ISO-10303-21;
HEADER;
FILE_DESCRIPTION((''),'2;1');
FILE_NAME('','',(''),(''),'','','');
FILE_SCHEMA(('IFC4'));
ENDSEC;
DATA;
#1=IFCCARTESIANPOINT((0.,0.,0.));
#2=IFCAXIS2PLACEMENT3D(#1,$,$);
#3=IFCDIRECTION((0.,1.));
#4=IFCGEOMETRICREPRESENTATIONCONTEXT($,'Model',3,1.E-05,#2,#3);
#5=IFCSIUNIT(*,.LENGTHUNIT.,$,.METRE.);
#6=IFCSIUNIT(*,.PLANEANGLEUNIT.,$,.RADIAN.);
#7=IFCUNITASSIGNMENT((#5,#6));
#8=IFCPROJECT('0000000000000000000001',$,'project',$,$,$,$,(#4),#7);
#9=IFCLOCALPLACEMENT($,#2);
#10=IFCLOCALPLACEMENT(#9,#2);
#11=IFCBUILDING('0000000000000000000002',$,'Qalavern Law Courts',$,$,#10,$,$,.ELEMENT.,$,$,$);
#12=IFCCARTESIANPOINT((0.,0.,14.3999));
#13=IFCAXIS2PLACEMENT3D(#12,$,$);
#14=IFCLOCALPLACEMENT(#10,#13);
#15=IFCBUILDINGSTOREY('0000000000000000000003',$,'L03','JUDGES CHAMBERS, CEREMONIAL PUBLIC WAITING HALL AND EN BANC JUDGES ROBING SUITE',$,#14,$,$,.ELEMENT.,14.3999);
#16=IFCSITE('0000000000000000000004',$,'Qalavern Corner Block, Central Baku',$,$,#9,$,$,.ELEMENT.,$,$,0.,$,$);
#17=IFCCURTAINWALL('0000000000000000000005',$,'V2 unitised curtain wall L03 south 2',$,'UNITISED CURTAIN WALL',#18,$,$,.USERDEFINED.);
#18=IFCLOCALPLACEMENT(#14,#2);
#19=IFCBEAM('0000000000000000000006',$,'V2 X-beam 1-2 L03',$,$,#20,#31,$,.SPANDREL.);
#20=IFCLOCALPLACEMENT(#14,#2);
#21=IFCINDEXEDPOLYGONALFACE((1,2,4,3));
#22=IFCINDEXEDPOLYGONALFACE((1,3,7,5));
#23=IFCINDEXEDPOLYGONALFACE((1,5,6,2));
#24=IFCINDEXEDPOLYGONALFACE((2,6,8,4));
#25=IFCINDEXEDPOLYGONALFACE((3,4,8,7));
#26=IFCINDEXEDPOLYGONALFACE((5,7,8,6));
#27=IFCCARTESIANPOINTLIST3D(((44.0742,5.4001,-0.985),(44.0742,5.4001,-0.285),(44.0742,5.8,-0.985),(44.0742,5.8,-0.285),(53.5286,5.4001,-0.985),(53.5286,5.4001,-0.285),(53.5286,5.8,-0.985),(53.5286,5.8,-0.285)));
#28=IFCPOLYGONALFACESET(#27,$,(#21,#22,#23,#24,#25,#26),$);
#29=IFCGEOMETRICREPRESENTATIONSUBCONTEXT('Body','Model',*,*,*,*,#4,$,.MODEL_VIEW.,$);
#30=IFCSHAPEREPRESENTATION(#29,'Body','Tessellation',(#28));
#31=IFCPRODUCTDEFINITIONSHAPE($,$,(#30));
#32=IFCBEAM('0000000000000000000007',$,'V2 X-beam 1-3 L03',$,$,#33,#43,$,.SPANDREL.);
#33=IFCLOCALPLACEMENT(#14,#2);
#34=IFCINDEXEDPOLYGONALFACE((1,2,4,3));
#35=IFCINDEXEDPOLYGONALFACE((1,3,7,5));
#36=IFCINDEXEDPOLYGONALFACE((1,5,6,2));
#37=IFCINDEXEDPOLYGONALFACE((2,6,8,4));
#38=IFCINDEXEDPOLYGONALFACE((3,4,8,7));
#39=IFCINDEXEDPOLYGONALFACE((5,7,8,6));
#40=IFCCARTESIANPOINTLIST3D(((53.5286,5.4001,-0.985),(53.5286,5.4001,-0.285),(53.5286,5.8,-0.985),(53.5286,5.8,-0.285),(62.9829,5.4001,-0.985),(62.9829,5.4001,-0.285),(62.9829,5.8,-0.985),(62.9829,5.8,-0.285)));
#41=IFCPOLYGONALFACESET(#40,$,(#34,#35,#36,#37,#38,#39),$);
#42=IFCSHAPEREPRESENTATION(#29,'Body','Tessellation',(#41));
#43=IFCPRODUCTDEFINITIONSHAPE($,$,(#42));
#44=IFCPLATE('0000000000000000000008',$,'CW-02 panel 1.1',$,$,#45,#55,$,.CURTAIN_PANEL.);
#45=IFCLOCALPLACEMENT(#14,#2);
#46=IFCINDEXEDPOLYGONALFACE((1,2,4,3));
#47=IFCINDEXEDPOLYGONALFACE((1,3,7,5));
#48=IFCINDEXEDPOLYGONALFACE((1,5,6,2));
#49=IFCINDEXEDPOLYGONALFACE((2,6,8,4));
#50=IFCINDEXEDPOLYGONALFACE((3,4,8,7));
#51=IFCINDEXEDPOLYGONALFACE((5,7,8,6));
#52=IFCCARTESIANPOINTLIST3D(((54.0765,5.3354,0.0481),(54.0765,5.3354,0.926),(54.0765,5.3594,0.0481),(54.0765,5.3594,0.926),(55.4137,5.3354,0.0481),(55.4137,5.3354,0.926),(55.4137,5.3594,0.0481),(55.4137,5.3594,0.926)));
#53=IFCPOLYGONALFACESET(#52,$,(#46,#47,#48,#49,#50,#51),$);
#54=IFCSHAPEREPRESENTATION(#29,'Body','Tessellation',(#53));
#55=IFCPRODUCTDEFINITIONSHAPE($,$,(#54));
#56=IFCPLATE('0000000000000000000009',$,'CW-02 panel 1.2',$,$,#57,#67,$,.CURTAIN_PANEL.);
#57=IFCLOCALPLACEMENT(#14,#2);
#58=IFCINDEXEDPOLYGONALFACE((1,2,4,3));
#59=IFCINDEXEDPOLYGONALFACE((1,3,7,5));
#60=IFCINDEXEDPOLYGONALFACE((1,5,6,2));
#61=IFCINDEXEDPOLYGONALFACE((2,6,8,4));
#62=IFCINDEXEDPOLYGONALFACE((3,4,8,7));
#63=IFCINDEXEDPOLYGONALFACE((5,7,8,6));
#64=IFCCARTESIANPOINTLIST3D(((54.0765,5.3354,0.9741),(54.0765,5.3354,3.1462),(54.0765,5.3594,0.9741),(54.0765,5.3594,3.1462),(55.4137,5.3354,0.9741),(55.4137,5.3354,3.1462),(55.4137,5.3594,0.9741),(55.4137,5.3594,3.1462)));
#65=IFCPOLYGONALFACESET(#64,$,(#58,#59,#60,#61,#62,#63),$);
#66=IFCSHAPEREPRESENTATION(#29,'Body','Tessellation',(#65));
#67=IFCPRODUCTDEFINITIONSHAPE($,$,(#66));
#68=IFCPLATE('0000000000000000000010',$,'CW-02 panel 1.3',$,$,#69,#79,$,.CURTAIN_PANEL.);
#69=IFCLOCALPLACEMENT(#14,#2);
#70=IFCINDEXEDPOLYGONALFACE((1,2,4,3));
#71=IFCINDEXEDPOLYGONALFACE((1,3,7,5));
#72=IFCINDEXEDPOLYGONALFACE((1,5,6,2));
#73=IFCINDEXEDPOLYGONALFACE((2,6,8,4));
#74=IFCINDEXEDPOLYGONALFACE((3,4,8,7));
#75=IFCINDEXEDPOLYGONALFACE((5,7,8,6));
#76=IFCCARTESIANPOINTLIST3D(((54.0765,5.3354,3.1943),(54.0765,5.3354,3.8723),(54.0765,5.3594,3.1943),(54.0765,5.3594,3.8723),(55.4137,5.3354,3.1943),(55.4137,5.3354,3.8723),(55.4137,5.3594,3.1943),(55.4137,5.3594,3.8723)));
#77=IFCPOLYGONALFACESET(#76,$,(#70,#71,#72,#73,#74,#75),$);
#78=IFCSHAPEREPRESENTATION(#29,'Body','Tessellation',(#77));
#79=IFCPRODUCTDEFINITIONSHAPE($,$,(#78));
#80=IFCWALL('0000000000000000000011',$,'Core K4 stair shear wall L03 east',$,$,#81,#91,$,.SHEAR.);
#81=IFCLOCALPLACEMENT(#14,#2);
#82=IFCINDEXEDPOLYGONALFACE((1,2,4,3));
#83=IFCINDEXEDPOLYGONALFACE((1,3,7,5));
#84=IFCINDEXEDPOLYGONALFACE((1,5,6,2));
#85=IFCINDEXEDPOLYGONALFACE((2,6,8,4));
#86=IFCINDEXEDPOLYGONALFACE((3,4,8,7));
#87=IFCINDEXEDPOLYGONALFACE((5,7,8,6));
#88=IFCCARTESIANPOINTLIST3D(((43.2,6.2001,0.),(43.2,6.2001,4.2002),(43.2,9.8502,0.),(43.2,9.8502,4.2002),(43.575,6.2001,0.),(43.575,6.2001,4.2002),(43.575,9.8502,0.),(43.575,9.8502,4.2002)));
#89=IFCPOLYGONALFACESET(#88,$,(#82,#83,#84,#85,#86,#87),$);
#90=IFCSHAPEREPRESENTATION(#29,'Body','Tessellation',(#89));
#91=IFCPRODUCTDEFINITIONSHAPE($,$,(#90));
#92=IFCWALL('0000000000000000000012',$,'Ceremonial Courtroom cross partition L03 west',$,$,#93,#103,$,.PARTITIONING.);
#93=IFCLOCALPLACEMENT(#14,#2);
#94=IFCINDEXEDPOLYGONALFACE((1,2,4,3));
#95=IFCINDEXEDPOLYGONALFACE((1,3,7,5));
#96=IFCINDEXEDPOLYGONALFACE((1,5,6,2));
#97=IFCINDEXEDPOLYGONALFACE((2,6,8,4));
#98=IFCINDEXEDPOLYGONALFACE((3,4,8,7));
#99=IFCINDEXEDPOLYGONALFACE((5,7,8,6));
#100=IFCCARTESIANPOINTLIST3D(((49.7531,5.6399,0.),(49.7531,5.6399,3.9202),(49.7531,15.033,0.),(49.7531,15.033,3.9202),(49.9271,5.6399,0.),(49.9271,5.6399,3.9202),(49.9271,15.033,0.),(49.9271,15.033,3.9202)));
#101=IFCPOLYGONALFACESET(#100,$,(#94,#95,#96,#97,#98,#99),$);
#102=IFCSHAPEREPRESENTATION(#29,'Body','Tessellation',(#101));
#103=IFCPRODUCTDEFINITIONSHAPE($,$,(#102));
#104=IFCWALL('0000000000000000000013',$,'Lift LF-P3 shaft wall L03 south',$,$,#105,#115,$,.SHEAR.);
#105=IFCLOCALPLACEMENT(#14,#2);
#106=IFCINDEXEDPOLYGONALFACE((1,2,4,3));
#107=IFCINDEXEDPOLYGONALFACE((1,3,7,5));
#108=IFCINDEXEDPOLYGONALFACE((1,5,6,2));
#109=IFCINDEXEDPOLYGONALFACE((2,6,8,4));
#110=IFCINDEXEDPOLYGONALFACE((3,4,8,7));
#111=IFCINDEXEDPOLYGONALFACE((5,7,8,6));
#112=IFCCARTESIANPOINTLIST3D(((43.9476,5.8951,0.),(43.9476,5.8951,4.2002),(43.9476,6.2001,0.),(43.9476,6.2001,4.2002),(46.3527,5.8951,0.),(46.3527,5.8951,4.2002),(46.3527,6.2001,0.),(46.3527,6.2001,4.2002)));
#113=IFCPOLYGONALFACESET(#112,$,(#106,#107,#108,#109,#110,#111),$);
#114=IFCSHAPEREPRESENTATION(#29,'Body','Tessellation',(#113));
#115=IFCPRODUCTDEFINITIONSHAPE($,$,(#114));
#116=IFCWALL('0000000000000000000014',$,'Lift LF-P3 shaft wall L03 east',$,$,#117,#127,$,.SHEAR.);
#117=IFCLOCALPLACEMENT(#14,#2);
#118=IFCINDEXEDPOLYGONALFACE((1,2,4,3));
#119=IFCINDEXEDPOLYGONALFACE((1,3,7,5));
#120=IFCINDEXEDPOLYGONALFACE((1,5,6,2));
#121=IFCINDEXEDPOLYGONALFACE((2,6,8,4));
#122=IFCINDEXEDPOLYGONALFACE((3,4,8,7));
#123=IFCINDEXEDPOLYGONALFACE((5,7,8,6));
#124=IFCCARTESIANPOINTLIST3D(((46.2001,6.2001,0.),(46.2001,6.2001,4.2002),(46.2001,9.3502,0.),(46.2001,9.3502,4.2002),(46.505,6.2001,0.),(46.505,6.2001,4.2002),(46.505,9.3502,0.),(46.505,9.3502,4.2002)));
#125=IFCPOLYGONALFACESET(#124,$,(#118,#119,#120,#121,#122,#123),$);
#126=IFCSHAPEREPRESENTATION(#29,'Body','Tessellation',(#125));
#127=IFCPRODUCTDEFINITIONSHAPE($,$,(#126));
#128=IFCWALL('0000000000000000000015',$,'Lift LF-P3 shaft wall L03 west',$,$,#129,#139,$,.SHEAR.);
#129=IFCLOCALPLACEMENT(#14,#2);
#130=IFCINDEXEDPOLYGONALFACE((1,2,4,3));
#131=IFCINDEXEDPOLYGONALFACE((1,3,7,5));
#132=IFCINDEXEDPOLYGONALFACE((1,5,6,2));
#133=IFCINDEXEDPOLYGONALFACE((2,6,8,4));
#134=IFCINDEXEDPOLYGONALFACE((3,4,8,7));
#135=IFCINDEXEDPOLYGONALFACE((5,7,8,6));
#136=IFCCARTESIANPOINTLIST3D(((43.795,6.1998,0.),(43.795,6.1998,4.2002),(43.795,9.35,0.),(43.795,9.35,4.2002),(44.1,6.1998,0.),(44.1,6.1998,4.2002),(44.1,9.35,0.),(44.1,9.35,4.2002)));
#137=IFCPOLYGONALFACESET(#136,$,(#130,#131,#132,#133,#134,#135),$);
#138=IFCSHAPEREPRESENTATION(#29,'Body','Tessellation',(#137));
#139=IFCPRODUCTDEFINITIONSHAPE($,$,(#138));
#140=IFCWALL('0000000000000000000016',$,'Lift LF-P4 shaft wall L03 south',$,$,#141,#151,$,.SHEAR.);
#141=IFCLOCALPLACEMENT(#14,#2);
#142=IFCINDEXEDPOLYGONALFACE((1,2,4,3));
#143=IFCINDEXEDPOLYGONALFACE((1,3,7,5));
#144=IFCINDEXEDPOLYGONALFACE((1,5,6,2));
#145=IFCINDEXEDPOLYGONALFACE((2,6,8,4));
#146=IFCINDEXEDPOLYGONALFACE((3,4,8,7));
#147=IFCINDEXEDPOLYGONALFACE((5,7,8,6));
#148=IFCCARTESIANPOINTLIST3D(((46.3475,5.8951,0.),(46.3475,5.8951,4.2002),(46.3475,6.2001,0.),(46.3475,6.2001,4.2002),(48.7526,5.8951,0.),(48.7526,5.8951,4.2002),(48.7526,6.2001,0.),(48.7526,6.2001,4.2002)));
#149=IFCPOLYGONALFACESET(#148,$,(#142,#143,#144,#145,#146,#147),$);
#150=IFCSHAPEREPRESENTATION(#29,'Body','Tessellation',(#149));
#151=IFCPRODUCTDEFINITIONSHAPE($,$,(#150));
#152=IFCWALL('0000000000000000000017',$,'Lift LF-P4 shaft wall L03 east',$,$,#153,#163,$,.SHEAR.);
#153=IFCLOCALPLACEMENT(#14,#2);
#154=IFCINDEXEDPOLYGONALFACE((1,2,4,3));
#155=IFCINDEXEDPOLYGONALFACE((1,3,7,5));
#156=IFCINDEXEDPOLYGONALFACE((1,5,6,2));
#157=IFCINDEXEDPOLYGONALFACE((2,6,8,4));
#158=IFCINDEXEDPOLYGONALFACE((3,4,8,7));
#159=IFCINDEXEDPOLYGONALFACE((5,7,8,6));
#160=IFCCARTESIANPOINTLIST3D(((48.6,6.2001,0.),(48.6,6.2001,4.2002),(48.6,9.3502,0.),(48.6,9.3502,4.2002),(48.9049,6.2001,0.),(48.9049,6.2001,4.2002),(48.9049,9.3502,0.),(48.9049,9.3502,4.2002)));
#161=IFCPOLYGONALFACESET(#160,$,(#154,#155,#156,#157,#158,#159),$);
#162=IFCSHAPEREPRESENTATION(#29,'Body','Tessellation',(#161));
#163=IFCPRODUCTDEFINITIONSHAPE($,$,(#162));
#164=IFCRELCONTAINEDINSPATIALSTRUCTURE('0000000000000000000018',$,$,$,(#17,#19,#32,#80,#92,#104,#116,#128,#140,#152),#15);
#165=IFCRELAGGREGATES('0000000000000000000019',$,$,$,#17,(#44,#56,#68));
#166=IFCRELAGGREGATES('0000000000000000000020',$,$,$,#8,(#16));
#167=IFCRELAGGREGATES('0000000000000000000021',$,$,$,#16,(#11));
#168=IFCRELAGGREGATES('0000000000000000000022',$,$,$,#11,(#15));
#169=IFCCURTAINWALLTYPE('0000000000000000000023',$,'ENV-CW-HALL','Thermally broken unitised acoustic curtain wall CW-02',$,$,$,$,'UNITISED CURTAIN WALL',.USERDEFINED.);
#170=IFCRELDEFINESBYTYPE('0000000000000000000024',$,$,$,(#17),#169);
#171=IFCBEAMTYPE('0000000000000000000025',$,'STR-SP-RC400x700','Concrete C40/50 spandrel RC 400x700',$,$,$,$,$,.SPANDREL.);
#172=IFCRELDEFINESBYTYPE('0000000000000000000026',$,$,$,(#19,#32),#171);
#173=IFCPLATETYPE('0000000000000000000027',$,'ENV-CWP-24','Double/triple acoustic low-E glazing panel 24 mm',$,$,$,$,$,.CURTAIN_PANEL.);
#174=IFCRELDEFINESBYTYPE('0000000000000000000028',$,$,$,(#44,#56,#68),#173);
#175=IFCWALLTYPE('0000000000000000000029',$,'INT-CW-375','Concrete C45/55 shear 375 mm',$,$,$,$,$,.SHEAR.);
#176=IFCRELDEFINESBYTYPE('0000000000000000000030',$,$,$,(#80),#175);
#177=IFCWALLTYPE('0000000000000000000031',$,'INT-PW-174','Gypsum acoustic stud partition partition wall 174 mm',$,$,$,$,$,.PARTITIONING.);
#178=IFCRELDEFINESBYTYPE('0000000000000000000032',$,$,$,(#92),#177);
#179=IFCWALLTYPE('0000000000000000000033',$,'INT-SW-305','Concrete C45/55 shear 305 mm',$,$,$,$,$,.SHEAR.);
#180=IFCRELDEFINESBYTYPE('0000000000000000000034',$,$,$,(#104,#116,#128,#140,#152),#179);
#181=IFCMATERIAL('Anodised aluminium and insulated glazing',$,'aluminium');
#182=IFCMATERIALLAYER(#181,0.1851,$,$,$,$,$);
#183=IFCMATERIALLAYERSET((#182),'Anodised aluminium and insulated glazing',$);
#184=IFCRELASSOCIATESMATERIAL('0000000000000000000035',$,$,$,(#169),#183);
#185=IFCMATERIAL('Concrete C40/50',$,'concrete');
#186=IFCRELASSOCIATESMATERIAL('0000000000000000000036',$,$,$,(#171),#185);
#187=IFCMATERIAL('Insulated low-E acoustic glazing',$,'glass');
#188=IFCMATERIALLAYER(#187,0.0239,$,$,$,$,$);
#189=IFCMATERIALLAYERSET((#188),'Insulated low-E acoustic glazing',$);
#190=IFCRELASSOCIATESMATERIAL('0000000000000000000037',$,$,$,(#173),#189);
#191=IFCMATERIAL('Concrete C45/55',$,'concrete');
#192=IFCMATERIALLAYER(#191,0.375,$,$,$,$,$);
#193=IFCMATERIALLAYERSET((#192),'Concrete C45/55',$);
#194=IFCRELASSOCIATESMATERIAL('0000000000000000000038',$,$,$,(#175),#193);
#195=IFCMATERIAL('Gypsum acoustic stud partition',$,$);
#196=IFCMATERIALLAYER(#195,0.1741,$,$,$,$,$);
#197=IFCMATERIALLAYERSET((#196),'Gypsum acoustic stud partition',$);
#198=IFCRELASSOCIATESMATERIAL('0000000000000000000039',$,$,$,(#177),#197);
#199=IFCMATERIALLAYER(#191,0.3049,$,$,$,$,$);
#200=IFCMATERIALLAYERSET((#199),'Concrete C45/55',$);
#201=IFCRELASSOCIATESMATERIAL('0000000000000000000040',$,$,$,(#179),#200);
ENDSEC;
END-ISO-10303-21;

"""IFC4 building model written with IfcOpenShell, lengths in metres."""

from ifc_helpers import new_model, si_unit, direction, frame, frame_2d, origin, origin_2d, place, context, subcontext, project, spatial, rectangle, extrude, material, layer, layer_set, material_profile, profile_set, type_object, element, aggregate, save


model = new_model("IFC4")

# Units and contexts
model_context = context("Model", 3, precision=1e-05, world=origin(), true_north=direction((0.0, 1.0)))
body_context = subcontext(model_context, "Body", "Model", "MODEL_VIEW")
ifc_project = project(units=[si_unit("LENGTHUNIT", "METRE"), si_unit("PLANEANGLEUNIT", "RADIAN")], contexts=[model_context])

# Site, building, storey
site_placement = place(None, origin())
site = spatial("IfcSite", under=ifc_project, at=site_placement, Name="Qalavern Corner Block, Central Baku", CompositionType="ELEMENT", RefElevation=0.0)
building_placement = place(site_placement, origin())
building = spatial("IfcBuilding", under=site, at=building_placement, Name="Qalavern Law Courts", CompositionType="ELEMENT")
storey_placement = place(building_placement, frame((0.0, 0.0, 14.3999)))
storey = spatial("IfcBuildingStorey", under=building, at=storey_placement, Name="L03", Description="JUDGES CHAMBERS, CEREMONIAL PUBLIC WAITING HALL AND EN BANC JUDGES ROBING SUITE", CompositionType="ELEMENT", Elevation=14.3999)

# Shared definitions
ifc_material_1 = material(Name="Concrete C45/55", Category="concrete")

# Curtain wall
ifc_material_2 = material(Name="Anodised aluminium and insulated glazing", Category="aluminium")
ifc_layer_1 = layer(ifc_material_2, 0.1851)
ifc_layer_set_1 = layer_set([ifc_layer_1], Name="Anodised aluminium and insulated glazing")
curtain_wall_type = type_object("IfcCurtainWallType", Name="ENV-CW-HALL", Description="Thermally broken unitised acoustic curtain wall CW-02", ElementType="UNITISED CURTAIN WALL", PredefinedType="USERDEFINED", material=ifc_layer_set_1)
curtain_wall_placement = place(storey_placement, origin())
curtain_wall = element("IfcCurtainWall", 1, at=curtain_wall_placement, inside=storey, type_object=curtain_wall_type, Name="V2 unitised curtain wall L03 south 2", ObjectType="UNITISED CURTAIN WALL", PredefinedType="USERDEFINED")

# Beams
ifc_material_3 = material(Name="Concrete C40/50", Category="concrete")
ifc_material_profile_1 = material_profile(ifc_material_3, rectangle(XDim=0.3999, YDim=0.7, at=origin_2d()), Name="RC 400x700")
ifc_profile_set_1 = profile_set([ifc_material_profile_1], Name="Concrete C40/50")
beam_type_1 = type_object("IfcBeamType", Name="STR-SP-RC400x700", Description="Concrete C40/50 spandrel RC 400x700", PredefinedType="SPANDREL", material=ifc_profile_set_1)
for number, where, z_axis, x_axis, name in (
    (2, (44.0742, 5.6001, -0.635), (1.0, 0.0, 0.0), (0.0, 1.0, 0.0), "V2 X-beam 1-2 L03"),
    (3, (53.5286, 5.6001, -0.635), (1.0, 0.0, 0.0), (0.0, 1.0, 0.0), "V2 X-beam 1-3 L03"),
):
    element("IfcBeam", number, at=place(storey_placement, frame(where, z_axis=z_axis, x_axis=x_axis)), inside=storey, type_object=beam_type_1, Name=name, PredefinedType="SPANDREL", context=body_context, shape_type="SweptSolid", body=[
        extrude(rectangle(XDim=0.3999, YDim=0.7, at=origin_2d()), origin(), (0.0, 0.0, 1.0), 9.4543),
    ])

# Plates
ifc_material_4 = material(Name="Insulated low-E acoustic glazing", Category="glass")
ifc_layer_2 = layer(ifc_material_4, 0.0239)
ifc_layer_set_2 = layer_set([ifc_layer_2], Name="Insulated low-E acoustic glazing")
plate_type = type_object("IfcPlateType", Name="ENV-CWP-24", Description="Double/triple acoustic low-E glazing panel 24 mm", PredefinedType="CURTAIN_PANEL", material=ifc_layer_set_2)
plate_1_placement = place(storey_placement, frame((54.7451, 5.3474, 0.0481), z_axis=(0.0, 0.0, 1.0), x_axis=(1.0, 0.0, 0.0)))
plate_1 = element("IfcPlate", 4, at=plate_1_placement, type_object=plate_type, Name="CW-02 panel 1.1", PredefinedType="CURTAIN_PANEL", context=body_context, shape_type="SweptSolid", body=[
    extrude(rectangle(XDim=1.3372, YDim=0.0239, at=origin_2d()), origin(), (0.0, 0.0, 1.0), 0.8779),
])
plate_2_placement = place(storey_placement, frame((54.7451, 5.3474, 0.9741), z_axis=(0.0, 0.0, 1.0), x_axis=(1.0, 0.0, 0.0)))
plate_2 = element("IfcPlate", 5, at=plate_2_placement, type_object=plate_type, Name="CW-02 panel 1.2", PredefinedType="CURTAIN_PANEL", context=body_context, shape_type="SweptSolid", body=[
    extrude(rectangle(XDim=1.3372, YDim=0.0239, at=origin_2d()), origin(), (0.0, 0.0, 1.0), 2.1721),
])
plate_3_placement = place(storey_placement, frame((54.7451, 5.3474, 3.1943), z_axis=(0.0, 0.0, 1.0), x_axis=(1.0, 0.0, 0.0)))
plate_3 = element("IfcPlate", 6, at=plate_3_placement, type_object=plate_type, Name="CW-02 panel 1.3", PredefinedType="CURTAIN_PANEL", context=body_context, shape_type="SweptSolid", body=[
    extrude(rectangle(XDim=1.3372, YDim=0.0239, at=origin_2d()), origin(), (0.0, 0.0, 1.0), 0.678),
])
aggregate(curtain_wall, [plate_1, plate_2, plate_3])

# Walls
ifc_layer_3 = layer(ifc_material_1, 0.375)
ifc_layer_set_3 = layer_set([ifc_layer_3], Name="Concrete C45/55")
wall_type_1 = type_object("IfcWallType", Name="INT-CW-375", Description="Concrete C45/55 shear 375 mm", PredefinedType="SHEAR", material=ifc_layer_set_3)
wall_1_placement = place(storey_placement, frame((43.3875, 6.2, 0.0), z_axis=(0.0, 0.0, 1.0), x_axis=(0.0, 1.0, 0.0)))
element("IfcWall", 7, at=wall_1_placement, inside=storey, type_object=wall_type_1, Name="Core K4 stair shear wall L03 east", PredefinedType="SHEAR", context=body_context, shape_type="SweptSolid", body=[
    extrude(rectangle(XDim=3.6501, YDim=0.375, at=frame_2d((1.8252, 0.0))), origin(), (0.0, 0.0, 1.0), 4.2002),
])
ifc_material_5 = material(Name="Gypsum acoustic stud partition")
ifc_layer_4 = layer(ifc_material_5, 0.1741)
ifc_layer_set_4 = layer_set([ifc_layer_4], Name="Gypsum acoustic stud partition")
wall_type_2 = type_object("IfcWallType", Name="INT-PW-174", Description="Gypsum acoustic stud partition partition wall 174 mm", PredefinedType="PARTITIONING", material=ifc_layer_set_4)
wall_2_placement = place(storey_placement, frame((49.8401, 5.6399, 0.0), z_axis=(0.0, 0.0, 1.0), x_axis=(0.0, 1.0, 0.0)))
element("IfcWall", 8, at=wall_2_placement, inside=storey, type_object=wall_type_2, Name="Ceremonial Courtroom cross partition L03 west", PredefinedType="PARTITIONING", context=body_context, shape_type="SweptSolid", body=[
    extrude(rectangle(XDim=9.3931, YDim=0.1741, at=frame_2d((4.6965, 0.0))), origin(), (0.0, 0.0, 1.0), 3.9202),
])
ifc_layer_5 = layer(ifc_material_1, 0.3049)
ifc_layer_set_5 = layer_set([ifc_layer_5], Name="Concrete C45/55")
wall_type_3 = type_object("IfcWallType", Name="INT-SW-305", Description="Concrete C45/55 shear 305 mm", PredefinedType="SHEAR", material=ifc_layer_set_5)
wall_3_placement = place(storey_placement, frame((43.9475, 6.0476, 0.0), z_axis=(0.0, 0.0, 1.0), x_axis=(1.0, 0.0, 0.0)))
element("IfcWall", 9, at=wall_3_placement, inside=storey, type_object=wall_type_3, Name="Lift LF-P3 shaft wall L03 south", PredefinedType="SHEAR", context=body_context, shape_type="SweptSolid", body=[
    extrude(rectangle(XDim=2.405, YDim=0.3049, at=frame_2d((1.2026, 0.0))), origin(), (0.0, 0.0, 1.0), 4.2002),
])
for number, where, z_axis, x_axis, name in (
    (10, (46.3525, 6.2, 0.0), (0.0, 0.0, 1.0), (0.0, 1.0, 0.0), "Lift LF-P3 shaft wall L03 east"),
    (11, (43.9475, 9.3501, 0.0), (0.0, 0.0, 1.0), (0.0, -1.0, 0.0), "Lift LF-P3 shaft wall L03 west"),
):
    element("IfcWall", number, at=place(storey_placement, frame(where, z_axis=z_axis, x_axis=x_axis)), inside=storey, type_object=wall_type_3, Name=name, PredefinedType="SHEAR", context=body_context, shape_type="SweptSolid", body=[
        extrude(rectangle(XDim=3.1501, YDim=0.3049, at=frame_2d((1.5752, 0.0))), origin(), (0.0, 0.0, 1.0), 4.2002),
    ])
wall_4_placement = place(storey_placement, frame((46.3474, 6.0476, 0.0), z_axis=(0.0, 0.0, 1.0), x_axis=(1.0, 0.0, 0.0)))
element("IfcWall", 12, at=wall_4_placement, inside=storey, type_object=wall_type_3, Name="Lift LF-P4 shaft wall L03 south", PredefinedType="SHEAR", context=body_context, shape_type="SweptSolid", body=[
    extrude(rectangle(XDim=2.405, YDim=0.3049, at=frame_2d((1.2026, 0.0))), origin(), (0.0, 0.0, 1.0), 4.2002),
])
wall_5_placement = place(storey_placement, frame((48.7524, 6.2, 0.0), z_axis=(0.0, 0.0, 1.0), x_axis=(0.0, 1.0, 0.0)))
element("IfcWall", 13, at=wall_5_placement, inside=storey, type_object=wall_type_3, Name="Lift LF-P4 shaft wall L03 east", PredefinedType="SHEAR", context=body_context, shape_type="SweptSolid", body=[
    extrude(rectangle(XDim=3.1501, YDim=0.3049, at=frame_2d((1.5752, 0.0))), origin(), (0.0, 0.0, 1.0), 4.2002),
])

save(model, "model.ifc")
